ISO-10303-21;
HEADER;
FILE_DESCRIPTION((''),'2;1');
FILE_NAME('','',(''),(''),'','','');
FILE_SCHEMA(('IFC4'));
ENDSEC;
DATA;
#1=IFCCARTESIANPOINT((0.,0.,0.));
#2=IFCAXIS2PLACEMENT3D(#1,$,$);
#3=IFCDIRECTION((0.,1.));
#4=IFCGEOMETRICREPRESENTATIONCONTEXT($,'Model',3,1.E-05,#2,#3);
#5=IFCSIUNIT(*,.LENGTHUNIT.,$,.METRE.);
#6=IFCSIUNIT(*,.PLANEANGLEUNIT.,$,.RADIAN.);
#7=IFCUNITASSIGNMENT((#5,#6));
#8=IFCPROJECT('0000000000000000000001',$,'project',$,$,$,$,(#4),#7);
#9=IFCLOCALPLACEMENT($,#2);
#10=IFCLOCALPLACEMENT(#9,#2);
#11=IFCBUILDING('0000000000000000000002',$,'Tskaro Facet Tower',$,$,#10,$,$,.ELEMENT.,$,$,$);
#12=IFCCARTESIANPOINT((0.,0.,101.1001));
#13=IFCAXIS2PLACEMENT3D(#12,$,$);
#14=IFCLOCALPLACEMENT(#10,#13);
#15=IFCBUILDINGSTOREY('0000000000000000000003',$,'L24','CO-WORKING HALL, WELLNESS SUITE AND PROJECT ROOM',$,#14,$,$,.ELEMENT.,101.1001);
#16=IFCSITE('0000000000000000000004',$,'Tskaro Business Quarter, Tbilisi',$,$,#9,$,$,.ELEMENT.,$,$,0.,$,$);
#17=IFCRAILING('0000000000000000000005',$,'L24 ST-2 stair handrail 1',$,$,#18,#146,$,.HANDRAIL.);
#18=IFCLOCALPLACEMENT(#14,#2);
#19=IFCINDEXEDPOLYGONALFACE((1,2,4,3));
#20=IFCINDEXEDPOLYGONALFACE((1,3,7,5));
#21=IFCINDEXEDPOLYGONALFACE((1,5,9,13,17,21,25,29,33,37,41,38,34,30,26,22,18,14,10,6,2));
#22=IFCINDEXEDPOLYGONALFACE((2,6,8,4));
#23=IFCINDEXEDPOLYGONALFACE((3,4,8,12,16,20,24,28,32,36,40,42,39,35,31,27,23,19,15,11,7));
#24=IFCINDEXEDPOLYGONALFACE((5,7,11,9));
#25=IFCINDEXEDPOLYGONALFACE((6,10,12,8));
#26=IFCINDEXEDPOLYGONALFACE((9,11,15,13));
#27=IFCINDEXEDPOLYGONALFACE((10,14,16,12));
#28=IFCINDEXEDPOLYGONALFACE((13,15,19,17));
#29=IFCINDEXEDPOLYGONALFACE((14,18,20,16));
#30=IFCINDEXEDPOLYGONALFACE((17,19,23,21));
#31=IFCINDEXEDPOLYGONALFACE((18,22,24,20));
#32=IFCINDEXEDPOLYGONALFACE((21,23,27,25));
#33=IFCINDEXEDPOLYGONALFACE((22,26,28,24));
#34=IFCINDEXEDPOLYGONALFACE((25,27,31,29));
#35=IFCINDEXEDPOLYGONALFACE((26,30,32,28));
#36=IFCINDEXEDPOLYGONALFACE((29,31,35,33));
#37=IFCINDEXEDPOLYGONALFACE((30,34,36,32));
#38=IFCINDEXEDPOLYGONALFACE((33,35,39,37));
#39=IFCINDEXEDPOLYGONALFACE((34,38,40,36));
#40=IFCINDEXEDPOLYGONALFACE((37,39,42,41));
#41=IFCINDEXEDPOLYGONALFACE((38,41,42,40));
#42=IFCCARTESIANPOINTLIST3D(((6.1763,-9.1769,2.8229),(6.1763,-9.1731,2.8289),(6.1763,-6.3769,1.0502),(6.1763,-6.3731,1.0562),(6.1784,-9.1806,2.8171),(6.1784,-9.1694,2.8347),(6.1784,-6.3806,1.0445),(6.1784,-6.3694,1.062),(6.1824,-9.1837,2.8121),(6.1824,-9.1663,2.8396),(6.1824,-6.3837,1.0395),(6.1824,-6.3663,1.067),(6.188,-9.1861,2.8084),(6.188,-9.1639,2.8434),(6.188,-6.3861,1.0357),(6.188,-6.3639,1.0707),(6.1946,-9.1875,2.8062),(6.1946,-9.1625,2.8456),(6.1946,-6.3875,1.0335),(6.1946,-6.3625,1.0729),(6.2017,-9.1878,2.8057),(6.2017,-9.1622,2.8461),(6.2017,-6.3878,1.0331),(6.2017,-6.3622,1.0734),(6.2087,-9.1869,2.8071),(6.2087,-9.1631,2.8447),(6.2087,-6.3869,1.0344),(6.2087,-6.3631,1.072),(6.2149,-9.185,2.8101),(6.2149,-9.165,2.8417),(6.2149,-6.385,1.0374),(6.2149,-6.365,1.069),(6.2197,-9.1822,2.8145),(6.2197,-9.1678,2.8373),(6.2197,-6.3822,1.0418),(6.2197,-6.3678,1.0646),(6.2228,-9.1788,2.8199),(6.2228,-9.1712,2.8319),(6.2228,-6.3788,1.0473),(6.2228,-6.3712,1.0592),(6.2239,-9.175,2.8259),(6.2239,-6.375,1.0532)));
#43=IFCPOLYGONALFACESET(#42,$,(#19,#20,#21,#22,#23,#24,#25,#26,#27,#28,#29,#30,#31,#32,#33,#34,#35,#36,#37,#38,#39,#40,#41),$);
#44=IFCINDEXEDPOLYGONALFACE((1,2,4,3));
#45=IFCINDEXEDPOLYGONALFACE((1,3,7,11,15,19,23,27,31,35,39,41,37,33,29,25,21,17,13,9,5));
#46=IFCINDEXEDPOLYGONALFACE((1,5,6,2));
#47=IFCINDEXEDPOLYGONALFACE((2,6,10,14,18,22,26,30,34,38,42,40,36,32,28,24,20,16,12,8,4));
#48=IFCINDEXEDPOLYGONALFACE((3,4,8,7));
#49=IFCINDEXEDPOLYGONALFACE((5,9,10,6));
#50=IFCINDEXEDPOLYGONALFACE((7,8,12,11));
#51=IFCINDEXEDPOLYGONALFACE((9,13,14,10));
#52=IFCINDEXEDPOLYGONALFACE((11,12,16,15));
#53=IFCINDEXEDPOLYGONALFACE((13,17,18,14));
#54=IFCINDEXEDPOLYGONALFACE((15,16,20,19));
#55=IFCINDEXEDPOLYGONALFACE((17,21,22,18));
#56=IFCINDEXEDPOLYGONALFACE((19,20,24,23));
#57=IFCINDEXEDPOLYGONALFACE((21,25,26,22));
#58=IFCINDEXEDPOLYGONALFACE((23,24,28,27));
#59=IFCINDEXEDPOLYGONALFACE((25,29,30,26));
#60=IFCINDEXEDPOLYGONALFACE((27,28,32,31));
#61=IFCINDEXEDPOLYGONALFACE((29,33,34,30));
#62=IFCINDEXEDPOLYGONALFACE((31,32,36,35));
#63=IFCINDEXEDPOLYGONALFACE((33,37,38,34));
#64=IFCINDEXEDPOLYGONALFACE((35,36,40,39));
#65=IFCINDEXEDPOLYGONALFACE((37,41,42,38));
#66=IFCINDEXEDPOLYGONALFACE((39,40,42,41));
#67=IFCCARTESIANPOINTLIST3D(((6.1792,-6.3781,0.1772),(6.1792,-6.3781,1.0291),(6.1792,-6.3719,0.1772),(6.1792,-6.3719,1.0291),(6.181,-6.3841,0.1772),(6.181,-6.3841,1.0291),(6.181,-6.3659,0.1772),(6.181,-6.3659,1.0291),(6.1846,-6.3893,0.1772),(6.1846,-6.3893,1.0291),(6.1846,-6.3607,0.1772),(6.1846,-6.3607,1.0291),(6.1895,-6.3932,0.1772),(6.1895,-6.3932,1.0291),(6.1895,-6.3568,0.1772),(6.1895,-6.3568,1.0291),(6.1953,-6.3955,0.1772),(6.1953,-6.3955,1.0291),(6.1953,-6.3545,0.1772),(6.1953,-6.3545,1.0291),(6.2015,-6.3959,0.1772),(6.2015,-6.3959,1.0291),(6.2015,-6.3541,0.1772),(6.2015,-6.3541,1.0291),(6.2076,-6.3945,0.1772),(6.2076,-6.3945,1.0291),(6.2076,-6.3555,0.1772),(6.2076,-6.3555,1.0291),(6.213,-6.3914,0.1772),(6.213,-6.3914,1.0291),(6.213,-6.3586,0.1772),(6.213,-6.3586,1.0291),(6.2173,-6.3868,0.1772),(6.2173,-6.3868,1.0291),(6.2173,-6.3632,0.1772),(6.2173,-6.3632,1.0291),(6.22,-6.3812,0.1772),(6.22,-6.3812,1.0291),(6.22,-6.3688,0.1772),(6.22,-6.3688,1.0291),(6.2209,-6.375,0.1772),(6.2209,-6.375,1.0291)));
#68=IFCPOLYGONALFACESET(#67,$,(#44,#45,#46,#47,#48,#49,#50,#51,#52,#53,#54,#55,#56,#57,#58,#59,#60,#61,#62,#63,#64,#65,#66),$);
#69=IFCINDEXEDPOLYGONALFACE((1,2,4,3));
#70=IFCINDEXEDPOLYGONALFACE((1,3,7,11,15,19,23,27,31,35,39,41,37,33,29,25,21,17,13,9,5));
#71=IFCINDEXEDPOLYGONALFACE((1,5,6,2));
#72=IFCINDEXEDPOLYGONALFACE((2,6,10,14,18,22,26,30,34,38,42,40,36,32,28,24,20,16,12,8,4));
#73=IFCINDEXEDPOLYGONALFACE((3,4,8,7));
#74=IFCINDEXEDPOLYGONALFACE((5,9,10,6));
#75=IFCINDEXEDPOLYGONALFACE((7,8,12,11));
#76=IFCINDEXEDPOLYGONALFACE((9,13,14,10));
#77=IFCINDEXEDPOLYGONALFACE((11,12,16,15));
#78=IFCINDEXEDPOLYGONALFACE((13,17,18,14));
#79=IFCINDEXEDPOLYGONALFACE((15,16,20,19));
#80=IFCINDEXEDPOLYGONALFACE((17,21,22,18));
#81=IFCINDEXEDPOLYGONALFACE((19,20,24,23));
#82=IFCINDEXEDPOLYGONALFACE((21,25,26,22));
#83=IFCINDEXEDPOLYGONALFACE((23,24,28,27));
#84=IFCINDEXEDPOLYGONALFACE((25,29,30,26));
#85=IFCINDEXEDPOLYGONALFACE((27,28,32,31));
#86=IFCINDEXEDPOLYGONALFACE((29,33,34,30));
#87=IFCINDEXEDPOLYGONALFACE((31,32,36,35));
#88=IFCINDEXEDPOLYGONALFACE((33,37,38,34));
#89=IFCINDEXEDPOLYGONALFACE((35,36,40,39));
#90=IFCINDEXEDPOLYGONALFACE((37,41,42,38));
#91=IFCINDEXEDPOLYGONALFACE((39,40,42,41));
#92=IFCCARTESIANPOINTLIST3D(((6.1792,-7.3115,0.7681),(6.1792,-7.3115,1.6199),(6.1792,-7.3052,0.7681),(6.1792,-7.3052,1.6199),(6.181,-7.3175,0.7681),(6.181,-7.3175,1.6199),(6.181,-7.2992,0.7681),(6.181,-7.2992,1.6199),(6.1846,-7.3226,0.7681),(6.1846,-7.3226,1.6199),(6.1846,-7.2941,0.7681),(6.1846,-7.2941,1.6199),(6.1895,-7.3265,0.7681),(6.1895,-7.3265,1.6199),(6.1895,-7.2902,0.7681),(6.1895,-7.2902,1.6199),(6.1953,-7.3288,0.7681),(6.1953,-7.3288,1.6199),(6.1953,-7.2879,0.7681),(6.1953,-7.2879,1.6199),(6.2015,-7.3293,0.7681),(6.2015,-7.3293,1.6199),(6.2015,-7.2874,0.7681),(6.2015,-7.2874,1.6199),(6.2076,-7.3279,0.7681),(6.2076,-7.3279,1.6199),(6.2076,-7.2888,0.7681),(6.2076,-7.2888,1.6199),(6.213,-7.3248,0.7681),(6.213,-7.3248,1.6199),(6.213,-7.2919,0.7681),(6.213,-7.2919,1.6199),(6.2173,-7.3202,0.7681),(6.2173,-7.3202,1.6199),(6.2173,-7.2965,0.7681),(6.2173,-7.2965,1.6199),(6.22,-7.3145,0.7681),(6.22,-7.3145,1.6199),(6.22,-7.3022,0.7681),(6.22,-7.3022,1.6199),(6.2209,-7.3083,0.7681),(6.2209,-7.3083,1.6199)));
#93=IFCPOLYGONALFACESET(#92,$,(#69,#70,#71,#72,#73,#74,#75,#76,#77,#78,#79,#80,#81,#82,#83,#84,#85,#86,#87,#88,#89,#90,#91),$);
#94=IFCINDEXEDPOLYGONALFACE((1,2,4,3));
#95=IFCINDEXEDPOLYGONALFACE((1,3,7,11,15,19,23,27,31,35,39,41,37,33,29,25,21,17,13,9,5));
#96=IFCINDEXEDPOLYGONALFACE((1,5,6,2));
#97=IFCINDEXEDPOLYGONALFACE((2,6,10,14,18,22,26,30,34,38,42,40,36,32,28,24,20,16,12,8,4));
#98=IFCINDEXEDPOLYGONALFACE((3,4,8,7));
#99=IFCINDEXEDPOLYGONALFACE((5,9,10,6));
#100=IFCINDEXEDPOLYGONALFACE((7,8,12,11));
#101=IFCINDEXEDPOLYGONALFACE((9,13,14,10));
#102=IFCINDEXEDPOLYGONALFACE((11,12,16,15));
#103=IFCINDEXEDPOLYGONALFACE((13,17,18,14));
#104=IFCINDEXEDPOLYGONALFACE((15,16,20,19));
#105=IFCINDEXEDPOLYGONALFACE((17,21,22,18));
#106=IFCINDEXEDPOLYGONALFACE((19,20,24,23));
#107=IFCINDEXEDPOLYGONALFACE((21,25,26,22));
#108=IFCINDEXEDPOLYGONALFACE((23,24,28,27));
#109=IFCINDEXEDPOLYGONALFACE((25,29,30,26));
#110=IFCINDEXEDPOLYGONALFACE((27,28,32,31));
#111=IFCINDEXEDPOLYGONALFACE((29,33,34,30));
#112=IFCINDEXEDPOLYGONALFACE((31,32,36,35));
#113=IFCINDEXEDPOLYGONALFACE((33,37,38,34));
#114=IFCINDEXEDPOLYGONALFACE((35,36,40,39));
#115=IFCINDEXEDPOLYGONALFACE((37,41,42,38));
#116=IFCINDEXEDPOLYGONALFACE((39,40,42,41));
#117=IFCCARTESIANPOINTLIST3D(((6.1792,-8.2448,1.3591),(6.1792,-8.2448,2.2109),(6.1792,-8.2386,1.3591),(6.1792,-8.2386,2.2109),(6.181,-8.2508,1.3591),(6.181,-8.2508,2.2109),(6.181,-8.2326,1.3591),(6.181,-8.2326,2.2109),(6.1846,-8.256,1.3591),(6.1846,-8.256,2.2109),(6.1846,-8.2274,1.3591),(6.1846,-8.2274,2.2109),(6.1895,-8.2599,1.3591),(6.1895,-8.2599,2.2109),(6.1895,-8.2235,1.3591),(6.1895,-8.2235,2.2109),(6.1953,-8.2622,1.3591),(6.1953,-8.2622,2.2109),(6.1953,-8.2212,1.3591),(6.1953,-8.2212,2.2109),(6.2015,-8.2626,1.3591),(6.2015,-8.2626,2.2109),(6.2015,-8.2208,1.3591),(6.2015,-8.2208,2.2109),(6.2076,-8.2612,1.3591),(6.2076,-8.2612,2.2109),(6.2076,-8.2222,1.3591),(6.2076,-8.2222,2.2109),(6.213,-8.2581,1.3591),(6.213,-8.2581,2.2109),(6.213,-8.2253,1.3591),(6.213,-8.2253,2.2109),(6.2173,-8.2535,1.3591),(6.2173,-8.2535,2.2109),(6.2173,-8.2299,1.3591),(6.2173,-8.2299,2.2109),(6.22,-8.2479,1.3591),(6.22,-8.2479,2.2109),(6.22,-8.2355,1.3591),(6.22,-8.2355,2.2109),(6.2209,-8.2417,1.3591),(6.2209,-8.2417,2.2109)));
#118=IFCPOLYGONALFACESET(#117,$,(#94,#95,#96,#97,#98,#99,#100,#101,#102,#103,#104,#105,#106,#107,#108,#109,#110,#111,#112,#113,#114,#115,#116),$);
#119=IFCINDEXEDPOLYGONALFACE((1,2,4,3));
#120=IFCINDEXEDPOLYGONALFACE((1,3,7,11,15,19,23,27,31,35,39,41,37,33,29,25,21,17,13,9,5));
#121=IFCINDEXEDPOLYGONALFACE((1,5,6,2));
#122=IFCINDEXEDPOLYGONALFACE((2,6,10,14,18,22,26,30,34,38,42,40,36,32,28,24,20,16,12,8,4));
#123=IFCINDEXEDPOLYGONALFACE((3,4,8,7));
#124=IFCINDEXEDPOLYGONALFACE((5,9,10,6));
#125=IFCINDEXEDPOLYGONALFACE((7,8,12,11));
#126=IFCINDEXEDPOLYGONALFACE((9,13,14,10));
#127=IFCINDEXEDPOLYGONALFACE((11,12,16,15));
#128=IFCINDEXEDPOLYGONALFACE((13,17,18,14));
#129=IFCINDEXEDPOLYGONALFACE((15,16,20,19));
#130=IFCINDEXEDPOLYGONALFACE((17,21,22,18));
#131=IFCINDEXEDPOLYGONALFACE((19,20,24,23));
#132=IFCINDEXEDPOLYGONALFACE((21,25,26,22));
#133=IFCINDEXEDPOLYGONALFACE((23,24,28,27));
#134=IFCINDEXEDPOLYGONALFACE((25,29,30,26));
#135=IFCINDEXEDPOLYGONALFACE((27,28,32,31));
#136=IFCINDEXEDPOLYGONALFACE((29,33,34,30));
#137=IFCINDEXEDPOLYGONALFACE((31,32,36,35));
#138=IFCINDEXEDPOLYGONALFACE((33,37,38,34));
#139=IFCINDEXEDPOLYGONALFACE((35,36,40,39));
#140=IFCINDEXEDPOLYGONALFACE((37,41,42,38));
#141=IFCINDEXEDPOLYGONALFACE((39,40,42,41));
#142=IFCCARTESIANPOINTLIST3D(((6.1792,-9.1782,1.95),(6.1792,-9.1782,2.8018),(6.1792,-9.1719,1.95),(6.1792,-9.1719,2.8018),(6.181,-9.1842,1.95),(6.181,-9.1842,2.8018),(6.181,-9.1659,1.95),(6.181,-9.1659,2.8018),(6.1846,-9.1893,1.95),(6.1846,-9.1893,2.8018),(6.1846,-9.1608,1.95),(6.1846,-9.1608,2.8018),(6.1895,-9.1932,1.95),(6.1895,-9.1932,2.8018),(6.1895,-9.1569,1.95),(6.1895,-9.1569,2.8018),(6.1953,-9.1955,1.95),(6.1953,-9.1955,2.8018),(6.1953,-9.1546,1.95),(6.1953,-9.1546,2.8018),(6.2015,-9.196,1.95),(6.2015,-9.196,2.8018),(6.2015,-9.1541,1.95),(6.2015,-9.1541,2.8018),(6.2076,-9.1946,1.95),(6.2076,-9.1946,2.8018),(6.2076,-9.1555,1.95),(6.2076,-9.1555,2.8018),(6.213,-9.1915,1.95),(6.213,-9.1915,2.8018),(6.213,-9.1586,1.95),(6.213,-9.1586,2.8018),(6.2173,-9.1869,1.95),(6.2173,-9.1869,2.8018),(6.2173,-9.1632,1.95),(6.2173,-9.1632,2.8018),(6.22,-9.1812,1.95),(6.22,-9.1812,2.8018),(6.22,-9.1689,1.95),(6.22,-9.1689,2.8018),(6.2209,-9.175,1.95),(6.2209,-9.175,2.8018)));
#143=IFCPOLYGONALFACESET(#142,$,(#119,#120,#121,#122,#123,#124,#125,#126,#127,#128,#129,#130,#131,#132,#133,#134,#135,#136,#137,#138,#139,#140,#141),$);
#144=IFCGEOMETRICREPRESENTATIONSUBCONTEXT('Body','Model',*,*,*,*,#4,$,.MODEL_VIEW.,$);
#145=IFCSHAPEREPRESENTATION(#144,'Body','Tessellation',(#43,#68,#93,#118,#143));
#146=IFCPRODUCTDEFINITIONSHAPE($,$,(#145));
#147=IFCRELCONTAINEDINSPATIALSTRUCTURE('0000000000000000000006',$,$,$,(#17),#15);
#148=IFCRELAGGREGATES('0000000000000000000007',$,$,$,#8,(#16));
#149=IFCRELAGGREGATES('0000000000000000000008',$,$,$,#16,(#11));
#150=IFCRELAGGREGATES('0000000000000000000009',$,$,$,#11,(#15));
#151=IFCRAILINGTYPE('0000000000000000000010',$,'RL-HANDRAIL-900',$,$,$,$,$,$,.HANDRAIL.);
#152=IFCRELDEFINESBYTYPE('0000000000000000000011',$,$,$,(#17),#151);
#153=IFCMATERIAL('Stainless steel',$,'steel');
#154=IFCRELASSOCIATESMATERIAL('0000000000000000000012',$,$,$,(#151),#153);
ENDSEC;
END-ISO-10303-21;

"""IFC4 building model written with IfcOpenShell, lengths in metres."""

from ifc_helpers import new_model, si_unit, direction, frame, origin, origin_2d, place, context, subcontext, project, spatial, circle, extrude, material, type_object, element, save


model = new_model("IFC4")

# Units and contexts
model_context = context("Model", 3, precision=1e-05, world=origin(), true_north=direction((0.0, 1.0)))
body_context = subcontext(model_context, "Body", "Model", "MODEL_VIEW")
ifc_project = project(units=[si_unit("LENGTHUNIT", "METRE"), si_unit("PLANEANGLEUNIT", "RADIAN")], contexts=[model_context])

# Site, building, storey
site_placement = place(None, origin())
site = spatial("IfcSite", under=ifc_project, at=site_placement, Name="Tskaro Business Quarter, Tbilisi", CompositionType="ELEMENT", RefElevation=0.0)
building_placement = place(site_placement, origin())
building = spatial("IfcBuilding", under=site, at=building_placement, Name="Tskaro Facet Tower", CompositionType="ELEMENT")
storey_placement = place(building_placement, frame((0.0, 0.0, 101.1001)))
storey = spatial("IfcBuildingStorey", under=building, at=storey_placement, Name="L24", Description="CO-WORKING HALL, WELLNESS SUITE AND PROJECT ROOM", CompositionType="ELEMENT", Elevation=101.1001)

# Shared definitions
ifc_material_1 = material(Name="Stainless steel", Category="steel")

# Railing
railing_type_1 = type_object("IfcRailingType", Name="RL-HANDRAIL-900", PredefinedType="HANDRAIL", material=ifc_material_1)
railing_1_placement = place(storey_placement, frame((6.2, -6.375, 0.1772)))
element("IfcRailing", 1, at=railing_1_placement, inside=storey, type_object=railing_type_1, Name="L24 ST-2 stair handrail 1", PredefinedType="HANDRAIL", context=body_context, shape_type="SweptSolid", body=[
    extrude(circle(Radius=0.0239, at=origin_2d()), frame((0.0, 0.0, 0.876), z_axis=(0.0, -0.844909, 0.53491), x_axis=(1.0, 0.0, 0.0)), (0.0, 0.0, 1.0), 3.314),
    extrude(circle(Radius=0.021, at=origin_2d()), origin(), (0.0, 0.0, 1.0), 0.8518),
    extrude(circle(Radius=0.021, at=origin_2d()), frame((0.0, -0.9333, 0.5908)), (0.0, 0.0, 1.0), 0.8518),
    extrude(circle(Radius=0.021, at=origin_2d()), frame((0.0, -1.8667, 1.1819)), (0.0, 0.0, 1.0), 0.8518),
    extrude(circle(Radius=0.021, at=origin_2d()), frame((0.0, -2.8, 1.7727)), (0.0, 0.0, 1.0), 0.8518),
])

save(model, "model.ifc")
